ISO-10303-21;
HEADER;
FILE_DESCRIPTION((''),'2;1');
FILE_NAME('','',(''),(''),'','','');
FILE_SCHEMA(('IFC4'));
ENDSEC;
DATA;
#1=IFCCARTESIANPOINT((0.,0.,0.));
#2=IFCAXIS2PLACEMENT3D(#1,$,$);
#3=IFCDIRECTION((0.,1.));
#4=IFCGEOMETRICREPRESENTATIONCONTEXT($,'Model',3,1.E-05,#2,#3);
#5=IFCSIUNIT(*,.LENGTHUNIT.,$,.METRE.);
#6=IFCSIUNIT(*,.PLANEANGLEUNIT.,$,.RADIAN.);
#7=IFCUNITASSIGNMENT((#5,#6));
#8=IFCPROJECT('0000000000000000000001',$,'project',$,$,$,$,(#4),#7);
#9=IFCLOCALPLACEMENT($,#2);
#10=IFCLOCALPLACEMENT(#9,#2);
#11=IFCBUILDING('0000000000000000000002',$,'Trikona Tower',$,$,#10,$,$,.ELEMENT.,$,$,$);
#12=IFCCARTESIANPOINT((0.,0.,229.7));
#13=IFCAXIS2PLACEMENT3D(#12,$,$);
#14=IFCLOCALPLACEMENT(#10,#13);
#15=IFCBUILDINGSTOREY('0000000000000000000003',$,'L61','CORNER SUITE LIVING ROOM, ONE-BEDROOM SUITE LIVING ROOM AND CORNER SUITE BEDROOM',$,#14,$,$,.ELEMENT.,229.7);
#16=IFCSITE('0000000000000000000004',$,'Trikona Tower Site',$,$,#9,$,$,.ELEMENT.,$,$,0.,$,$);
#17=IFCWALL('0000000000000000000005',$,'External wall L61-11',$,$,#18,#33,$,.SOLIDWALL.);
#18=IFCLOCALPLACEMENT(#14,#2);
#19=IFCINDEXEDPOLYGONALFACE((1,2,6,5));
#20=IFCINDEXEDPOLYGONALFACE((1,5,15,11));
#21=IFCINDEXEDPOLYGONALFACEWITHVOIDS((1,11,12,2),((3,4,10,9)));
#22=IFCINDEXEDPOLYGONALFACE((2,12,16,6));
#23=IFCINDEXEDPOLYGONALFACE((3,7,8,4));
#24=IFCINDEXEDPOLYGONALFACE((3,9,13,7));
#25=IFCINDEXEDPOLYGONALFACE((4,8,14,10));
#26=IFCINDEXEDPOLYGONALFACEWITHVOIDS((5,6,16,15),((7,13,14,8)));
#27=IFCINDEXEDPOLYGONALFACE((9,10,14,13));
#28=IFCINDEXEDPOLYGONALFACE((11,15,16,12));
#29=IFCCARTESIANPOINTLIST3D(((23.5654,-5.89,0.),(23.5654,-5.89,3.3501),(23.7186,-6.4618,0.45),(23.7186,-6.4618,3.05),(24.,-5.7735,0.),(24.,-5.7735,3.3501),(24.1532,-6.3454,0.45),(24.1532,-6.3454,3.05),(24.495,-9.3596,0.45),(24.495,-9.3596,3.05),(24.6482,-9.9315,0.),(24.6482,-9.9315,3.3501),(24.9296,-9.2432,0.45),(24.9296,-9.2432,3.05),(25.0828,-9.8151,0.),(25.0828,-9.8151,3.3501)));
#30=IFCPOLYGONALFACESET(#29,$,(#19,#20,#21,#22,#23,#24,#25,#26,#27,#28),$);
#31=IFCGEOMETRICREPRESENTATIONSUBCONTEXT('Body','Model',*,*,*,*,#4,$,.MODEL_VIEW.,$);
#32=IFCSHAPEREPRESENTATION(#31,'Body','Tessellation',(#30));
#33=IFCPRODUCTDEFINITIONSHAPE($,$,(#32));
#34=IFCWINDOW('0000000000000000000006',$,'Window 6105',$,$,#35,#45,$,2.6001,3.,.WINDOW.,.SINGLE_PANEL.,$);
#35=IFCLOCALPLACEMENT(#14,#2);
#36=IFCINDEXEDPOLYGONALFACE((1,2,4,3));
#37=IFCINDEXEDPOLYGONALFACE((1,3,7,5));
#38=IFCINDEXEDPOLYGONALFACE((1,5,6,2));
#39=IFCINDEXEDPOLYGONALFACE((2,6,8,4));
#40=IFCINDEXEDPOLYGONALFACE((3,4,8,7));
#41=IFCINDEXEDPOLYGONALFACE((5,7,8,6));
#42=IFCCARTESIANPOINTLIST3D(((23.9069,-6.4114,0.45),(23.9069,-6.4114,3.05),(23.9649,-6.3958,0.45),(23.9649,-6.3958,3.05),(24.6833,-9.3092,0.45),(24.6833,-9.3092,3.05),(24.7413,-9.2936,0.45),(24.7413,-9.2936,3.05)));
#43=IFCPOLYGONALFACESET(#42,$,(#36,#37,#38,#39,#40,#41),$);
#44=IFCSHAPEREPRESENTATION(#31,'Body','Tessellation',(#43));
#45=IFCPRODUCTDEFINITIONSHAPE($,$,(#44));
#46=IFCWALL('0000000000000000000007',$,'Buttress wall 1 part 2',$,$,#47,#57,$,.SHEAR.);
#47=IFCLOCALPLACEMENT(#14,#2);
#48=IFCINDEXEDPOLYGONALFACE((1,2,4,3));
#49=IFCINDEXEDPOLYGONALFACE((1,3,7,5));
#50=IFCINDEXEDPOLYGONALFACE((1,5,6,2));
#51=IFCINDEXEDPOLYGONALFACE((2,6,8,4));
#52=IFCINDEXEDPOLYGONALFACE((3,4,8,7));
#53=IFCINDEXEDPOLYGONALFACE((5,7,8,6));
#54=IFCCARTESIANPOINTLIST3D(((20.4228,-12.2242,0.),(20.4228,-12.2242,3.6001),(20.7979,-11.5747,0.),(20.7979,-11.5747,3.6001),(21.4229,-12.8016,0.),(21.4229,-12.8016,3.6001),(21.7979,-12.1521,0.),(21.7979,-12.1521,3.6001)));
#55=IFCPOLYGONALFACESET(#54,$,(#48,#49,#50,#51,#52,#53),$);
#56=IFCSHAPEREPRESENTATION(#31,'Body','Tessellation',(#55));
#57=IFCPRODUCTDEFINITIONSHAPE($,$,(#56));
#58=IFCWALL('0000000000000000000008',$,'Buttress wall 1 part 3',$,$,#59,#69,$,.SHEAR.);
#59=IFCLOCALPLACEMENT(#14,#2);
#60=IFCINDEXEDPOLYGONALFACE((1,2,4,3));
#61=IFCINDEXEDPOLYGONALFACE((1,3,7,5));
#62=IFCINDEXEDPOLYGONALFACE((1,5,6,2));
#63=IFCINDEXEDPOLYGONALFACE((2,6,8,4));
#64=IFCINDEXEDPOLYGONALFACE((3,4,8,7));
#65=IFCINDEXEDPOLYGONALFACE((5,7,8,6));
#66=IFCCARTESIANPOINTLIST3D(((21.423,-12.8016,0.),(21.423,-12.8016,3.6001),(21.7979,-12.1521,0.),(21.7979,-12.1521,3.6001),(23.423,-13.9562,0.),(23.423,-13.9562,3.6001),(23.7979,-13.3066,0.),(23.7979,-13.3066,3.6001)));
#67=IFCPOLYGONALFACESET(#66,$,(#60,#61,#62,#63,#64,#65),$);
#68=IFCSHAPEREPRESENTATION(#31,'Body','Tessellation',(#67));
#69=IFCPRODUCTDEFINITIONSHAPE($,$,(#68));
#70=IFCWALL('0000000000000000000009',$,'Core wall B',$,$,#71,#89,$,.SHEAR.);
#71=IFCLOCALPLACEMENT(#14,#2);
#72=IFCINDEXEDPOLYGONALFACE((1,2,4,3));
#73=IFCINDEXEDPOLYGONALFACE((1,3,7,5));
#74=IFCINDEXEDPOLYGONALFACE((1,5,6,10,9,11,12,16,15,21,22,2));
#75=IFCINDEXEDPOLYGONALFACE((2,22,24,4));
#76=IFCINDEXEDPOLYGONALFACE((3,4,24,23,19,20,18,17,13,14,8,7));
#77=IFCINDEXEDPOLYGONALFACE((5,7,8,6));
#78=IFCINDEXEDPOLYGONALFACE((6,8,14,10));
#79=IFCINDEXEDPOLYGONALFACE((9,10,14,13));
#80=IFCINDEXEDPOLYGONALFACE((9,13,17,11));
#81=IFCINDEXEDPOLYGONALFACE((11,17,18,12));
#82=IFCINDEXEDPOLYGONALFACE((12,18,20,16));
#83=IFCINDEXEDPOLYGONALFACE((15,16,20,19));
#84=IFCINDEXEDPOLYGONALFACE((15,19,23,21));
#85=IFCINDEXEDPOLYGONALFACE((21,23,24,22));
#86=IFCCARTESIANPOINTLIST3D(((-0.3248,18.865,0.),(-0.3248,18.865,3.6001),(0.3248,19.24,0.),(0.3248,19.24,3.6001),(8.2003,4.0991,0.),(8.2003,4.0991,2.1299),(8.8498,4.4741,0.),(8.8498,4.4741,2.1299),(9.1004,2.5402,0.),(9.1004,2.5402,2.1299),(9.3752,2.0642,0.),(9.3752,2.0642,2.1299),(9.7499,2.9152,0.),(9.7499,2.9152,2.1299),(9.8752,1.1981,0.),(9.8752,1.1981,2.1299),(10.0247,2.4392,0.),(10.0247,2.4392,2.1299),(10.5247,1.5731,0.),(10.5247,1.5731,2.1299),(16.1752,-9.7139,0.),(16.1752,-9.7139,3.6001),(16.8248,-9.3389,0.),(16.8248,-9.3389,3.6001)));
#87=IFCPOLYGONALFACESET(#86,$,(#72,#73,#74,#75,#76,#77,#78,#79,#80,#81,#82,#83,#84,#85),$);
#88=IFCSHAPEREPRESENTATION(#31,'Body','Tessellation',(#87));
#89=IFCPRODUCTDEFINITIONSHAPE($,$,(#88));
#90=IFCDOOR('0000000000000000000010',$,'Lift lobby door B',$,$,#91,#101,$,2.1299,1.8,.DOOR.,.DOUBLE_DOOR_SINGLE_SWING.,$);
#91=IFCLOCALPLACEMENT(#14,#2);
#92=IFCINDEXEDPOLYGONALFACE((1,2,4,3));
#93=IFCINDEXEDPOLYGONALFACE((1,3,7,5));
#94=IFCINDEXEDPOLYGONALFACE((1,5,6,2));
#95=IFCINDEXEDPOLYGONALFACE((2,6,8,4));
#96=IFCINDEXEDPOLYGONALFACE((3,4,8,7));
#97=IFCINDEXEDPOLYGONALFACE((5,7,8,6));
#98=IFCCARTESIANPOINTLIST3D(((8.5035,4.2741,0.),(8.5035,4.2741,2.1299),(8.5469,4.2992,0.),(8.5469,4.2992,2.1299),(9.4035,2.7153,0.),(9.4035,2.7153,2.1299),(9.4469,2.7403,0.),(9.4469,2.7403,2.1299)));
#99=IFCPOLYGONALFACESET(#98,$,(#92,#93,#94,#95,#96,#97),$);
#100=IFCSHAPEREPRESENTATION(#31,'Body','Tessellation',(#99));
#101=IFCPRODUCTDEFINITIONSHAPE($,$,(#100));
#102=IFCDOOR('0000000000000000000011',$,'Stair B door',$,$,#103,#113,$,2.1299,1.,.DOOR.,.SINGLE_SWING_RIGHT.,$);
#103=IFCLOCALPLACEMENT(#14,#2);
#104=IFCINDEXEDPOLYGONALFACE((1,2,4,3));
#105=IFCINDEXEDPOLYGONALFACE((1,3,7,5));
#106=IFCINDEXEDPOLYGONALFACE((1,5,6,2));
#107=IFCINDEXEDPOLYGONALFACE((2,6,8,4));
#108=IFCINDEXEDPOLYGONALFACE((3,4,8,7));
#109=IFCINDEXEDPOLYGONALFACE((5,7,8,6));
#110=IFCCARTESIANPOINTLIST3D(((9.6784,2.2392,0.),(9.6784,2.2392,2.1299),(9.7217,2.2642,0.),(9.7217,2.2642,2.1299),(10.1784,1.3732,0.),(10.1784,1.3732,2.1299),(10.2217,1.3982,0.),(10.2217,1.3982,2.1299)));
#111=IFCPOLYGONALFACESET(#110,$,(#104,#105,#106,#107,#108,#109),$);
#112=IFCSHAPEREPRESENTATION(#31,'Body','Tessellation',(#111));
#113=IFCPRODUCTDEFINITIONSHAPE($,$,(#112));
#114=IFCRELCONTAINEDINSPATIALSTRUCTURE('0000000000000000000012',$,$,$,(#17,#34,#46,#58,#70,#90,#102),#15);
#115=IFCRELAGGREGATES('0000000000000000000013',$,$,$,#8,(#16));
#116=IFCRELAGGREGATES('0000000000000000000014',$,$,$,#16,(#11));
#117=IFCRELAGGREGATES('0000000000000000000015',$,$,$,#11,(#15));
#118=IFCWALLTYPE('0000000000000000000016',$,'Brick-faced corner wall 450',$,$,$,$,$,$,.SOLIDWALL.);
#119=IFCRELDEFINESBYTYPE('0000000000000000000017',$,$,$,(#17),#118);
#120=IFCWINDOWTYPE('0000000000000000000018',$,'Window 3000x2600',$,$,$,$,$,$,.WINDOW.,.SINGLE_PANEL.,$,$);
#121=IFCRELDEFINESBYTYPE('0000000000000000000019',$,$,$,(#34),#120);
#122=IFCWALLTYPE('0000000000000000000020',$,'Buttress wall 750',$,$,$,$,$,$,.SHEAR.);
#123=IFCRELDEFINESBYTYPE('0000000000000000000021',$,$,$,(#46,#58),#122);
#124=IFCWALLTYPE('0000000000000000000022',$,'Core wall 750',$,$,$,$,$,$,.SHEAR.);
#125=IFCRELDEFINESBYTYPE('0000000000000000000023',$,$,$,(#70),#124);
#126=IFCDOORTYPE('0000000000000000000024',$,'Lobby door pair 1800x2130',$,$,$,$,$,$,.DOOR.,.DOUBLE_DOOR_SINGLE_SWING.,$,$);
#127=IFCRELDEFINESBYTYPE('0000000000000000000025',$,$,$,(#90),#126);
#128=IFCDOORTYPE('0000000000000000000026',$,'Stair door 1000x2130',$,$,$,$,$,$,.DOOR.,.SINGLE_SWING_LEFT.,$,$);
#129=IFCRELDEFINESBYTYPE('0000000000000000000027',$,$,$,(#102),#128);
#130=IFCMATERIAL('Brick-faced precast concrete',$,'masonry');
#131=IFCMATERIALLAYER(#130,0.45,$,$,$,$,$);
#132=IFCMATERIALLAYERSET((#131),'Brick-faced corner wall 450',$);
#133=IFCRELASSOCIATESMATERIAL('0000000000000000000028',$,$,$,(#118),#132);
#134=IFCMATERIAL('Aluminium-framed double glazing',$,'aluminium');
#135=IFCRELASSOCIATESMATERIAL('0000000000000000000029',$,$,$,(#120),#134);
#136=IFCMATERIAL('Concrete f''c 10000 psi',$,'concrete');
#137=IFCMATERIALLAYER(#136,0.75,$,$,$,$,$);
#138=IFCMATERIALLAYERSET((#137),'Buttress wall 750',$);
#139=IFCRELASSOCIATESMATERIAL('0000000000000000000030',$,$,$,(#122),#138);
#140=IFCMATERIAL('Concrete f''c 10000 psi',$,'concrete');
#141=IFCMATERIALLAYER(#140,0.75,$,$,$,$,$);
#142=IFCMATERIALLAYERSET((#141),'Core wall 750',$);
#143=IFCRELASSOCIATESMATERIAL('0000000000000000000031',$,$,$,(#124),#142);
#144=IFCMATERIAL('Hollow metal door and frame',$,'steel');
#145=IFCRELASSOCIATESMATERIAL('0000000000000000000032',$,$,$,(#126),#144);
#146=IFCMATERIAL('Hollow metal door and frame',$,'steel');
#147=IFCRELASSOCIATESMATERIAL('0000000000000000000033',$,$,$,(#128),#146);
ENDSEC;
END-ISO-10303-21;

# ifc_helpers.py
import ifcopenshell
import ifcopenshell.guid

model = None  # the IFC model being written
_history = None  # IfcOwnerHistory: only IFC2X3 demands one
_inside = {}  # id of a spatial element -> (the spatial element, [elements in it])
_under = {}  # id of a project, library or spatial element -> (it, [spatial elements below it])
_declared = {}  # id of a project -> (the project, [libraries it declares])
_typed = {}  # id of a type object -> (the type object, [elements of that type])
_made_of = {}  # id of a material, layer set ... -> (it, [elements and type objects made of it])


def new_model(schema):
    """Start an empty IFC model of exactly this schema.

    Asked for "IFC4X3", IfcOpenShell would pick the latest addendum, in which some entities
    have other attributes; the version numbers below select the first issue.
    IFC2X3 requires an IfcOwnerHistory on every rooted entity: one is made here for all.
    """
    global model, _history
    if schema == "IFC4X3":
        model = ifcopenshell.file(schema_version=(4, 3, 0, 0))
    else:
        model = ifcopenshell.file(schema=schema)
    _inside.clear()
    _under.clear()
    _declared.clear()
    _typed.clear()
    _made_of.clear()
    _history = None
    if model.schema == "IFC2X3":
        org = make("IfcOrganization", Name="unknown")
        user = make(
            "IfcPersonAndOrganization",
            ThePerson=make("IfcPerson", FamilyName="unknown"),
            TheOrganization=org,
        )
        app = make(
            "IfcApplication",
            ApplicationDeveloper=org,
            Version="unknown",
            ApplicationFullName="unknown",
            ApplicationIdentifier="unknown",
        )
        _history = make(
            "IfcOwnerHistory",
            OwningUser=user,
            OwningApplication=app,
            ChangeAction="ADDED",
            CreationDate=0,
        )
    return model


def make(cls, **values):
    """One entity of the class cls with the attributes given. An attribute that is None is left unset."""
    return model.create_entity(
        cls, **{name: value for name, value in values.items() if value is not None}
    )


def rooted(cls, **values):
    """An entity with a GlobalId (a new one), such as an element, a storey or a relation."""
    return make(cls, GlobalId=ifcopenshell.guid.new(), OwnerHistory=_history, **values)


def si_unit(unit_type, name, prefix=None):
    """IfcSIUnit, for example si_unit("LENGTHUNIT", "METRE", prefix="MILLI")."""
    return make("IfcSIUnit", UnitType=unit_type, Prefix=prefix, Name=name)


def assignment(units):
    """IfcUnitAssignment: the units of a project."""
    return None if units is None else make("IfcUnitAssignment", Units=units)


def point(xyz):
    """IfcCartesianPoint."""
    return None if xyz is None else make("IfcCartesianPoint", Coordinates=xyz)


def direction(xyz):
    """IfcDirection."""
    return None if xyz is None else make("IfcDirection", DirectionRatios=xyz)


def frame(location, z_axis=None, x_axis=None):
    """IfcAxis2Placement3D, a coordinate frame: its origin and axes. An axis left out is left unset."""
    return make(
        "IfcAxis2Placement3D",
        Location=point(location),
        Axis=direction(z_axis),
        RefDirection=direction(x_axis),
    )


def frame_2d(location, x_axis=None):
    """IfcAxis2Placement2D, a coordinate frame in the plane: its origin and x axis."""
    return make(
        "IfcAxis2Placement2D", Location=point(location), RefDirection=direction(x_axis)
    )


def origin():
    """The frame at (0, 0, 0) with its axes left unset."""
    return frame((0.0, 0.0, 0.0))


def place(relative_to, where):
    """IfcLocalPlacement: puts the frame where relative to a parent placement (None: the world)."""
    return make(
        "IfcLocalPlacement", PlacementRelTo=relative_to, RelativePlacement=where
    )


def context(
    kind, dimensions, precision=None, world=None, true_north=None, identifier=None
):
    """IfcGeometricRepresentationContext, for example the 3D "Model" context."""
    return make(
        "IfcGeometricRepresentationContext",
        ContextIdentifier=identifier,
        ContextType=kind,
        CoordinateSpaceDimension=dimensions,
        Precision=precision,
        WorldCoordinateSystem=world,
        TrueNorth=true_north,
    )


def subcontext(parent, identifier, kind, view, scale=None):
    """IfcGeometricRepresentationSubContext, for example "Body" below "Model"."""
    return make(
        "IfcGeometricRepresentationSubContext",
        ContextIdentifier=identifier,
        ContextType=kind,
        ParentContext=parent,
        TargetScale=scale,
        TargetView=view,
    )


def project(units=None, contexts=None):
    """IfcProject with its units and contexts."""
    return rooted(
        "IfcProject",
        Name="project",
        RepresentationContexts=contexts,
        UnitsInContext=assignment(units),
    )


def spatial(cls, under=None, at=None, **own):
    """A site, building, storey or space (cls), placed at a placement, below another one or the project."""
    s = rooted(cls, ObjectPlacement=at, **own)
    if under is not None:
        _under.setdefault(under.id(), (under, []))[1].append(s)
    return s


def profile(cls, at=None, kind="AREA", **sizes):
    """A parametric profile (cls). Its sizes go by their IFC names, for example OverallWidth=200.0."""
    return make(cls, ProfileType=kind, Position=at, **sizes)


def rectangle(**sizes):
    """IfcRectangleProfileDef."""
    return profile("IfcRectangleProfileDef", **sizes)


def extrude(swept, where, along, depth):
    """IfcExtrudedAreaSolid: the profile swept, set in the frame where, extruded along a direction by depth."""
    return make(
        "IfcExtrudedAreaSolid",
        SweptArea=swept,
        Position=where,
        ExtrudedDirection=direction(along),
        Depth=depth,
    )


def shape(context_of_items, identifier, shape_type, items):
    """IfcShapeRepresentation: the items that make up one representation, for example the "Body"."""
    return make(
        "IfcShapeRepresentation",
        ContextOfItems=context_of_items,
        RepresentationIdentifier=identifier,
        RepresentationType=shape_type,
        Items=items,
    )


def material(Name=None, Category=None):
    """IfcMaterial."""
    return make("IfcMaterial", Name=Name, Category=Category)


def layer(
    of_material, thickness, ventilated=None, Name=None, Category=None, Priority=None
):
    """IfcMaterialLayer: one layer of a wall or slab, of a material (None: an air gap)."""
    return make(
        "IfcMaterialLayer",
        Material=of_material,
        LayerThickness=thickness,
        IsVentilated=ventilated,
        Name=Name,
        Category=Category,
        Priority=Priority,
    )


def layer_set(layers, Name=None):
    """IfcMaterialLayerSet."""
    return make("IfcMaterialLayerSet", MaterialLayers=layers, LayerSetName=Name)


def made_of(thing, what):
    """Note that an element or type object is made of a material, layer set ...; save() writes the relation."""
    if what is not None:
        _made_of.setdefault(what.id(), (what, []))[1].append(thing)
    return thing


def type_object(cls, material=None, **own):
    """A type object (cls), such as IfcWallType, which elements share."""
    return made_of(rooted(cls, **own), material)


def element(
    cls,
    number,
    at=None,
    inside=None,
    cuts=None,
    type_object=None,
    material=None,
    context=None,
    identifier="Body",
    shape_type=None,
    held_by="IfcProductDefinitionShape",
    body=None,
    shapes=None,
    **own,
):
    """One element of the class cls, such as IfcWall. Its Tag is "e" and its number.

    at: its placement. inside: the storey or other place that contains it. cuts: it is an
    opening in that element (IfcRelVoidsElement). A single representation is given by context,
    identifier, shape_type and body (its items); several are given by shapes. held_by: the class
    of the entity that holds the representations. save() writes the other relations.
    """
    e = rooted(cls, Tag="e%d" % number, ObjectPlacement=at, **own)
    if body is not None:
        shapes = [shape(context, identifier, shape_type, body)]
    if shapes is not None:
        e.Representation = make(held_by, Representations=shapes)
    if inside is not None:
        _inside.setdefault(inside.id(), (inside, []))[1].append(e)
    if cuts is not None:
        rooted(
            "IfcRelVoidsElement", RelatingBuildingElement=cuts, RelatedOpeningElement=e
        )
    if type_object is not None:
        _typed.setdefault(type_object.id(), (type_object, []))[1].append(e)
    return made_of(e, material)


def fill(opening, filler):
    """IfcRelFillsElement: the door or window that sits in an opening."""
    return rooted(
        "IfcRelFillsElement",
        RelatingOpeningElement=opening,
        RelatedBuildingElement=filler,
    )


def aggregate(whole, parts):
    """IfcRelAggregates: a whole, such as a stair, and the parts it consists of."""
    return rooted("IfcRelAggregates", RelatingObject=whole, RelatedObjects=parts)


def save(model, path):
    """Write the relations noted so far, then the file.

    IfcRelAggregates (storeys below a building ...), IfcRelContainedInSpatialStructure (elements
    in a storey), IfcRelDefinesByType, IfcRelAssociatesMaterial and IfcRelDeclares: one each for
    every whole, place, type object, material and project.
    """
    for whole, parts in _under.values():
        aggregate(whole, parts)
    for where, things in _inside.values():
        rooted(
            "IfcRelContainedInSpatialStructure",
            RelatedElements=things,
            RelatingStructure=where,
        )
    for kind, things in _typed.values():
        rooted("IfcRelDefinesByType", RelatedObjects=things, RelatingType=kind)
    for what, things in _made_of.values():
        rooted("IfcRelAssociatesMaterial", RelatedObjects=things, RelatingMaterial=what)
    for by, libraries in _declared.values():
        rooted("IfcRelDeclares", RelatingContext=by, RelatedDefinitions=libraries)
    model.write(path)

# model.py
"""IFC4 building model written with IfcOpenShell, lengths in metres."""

from ifc_helpers import new_model, si_unit, direction, frame, frame_2d, origin, place, context, subcontext, project, spatial, rectangle, extrude, material, layer, layer_set, type_object, element, fill, save


model = new_model("IFC4")

# Units and contexts
model_context = context("Model", 3, precision=1e-05, world=origin(), true_north=direction((0.0, 1.0)))
body_context = subcontext(model_context, "Body", "Model", "MODEL_VIEW")
ifc_project = project(units=[si_unit("LENGTHUNIT", "METRE"), si_unit("PLANEANGLEUNIT", "RADIAN")], contexts=[model_context])

# Site, building, storey
site_placement = place(None, origin())
site = spatial("IfcSite", under=ifc_project, at=site_placement, Name="Trikona Tower Site", CompositionType="ELEMENT", RefElevation=0.0)
building_placement = place(site_placement, origin())
building = spatial("IfcBuilding", under=site, at=building_placement, Name="Trikona Tower", CompositionType="ELEMENT")
storey_placement = place(building_placement, frame((0.0, 0.0, 229.7)))
storey = spatial("IfcBuildingStorey", under=building, at=storey_placement, Name="L61", Description="CORNER SUITE LIVING ROOM, ONE-BEDROOM SUITE LIVING ROOM AND CORNER SUITE BEDROOM", CompositionType="ELEMENT", Elevation=229.7)

# Wall, opening, window
ifc_material_1 = material(Name="Brick-faced precast concrete", Category="masonry")
ifc_layer_1 = layer(ifc_material_1, 0.45)
ifc_layer_set_1 = layer_set([ifc_layer_1], Name="Brick-faced corner wall 450")
wall_type_1 = type_object("IfcWallType", Name="Brick-faced corner wall 450", PredefinedType="SOLIDWALL", material=ifc_layer_set_1)
wall_1_placement = place(storey_placement, frame((24.8655, -9.8733, 0.0), z_axis=(0.0, 0.0, 1.0), x_axis=(-0.258785, 0.965935, 0.0)))
wall_1 = element("IfcWall", 1, at=wall_1_placement, inside=storey, type_object=wall_type_1, Name="External wall L61-11", PredefinedType="SOLIDWALL", context=body_context, shape_type="SweptSolid", body=[
    extrude(rectangle(XDim=4.1841, YDim=0.45, at=frame_2d((2.092, 0.0))), origin(), (0.0, 0.0, 1.0), 3.3501),
])
opening_1_placement = place(wall_1_placement, frame((0.592, 0.0, 0.45)))
opening_1 = element("IfcOpeningElement", 2, at=opening_1_placement, cuts=wall_1, PredefinedType="OPENING", context=body_context, shape_type="SweptSolid", body=[
    extrude(rectangle(XDim=3.0, YDim=2.6001, at=frame_2d((1.5, 1.3))), frame((0.0, 0.2349, 0.0), z_axis=(0.0, -1.0, 0.0), x_axis=(1.0, 0.0, 0.0)), (0.0, 0.0, 1.0), 0.47),
])
ifc_material_2 = material(Name="Aluminium-framed double glazing", Category="aluminium")
window_type_1 = type_object("IfcWindowType", Name="Window 3000x2600", PartitioningType="SINGLE_PANEL", PredefinedType="WINDOW", material=ifc_material_2)
window_1_placement = place(opening_1_placement, origin())
window_1 = element("IfcWindow", 3, at=window_1_placement, inside=storey, type_object=window_type_1, Name="Window 6105", OverallHeight=2.6001, OverallWidth=3.0, PartitioningType="SINGLE_PANEL", PredefinedType="WINDOW", context=body_context, shape_type="SweptSolid", body=[
    extrude(rectangle(XDim=3.0, YDim=2.6001, at=frame_2d((1.5, 1.3))), frame((0.0, 0.03, 0.0), z_axis=(0.0, -1.0, 0.0), x_axis=(1.0, 0.0, 0.0)), (0.0, 0.0, 1.0), 0.0601),
])
fill(opening_1, window_1)

# Walls
ifc_material_3 = material(Name="Concrete f'c 10000 psi", Category="concrete")
ifc_layer_2 = layer(ifc_material_3, 0.75)
ifc_layer_set_2 = layer_set([ifc_layer_2], Name="Buttress wall 750")
wall_type_2 = type_object("IfcWallType", Name="Buttress wall 750", PredefinedType="SHEAR", material=ifc_layer_set_2)
wall_2_placement = place(storey_placement, frame((20.6104, -11.8994, 0.0), z_axis=(0.0, 0.0, 1.0), x_axis=(0.86601, -0.500027, 0.0)))
element("IfcWall", 4, at=wall_2_placement, inside=storey, type_object=wall_type_2, Name="Buttress wall 1 part 2", PredefinedType="SHEAR", context=body_context, shape_type="SweptSolid", body=[
    extrude(rectangle(XDim=1.1548, YDim=0.75, at=frame_2d((0.5774, 0.0))), origin(), (0.0, 0.0, 1.0), 3.6001),
])
wall_3_placement = place(storey_placement, frame((21.6104, -12.4768, 0.0), z_axis=(0.0, 0.0, 1.0), x_axis=(0.866055, -0.499948, 0.0)))
element("IfcWall", 5, at=wall_3_placement, inside=storey, type_object=wall_type_2, Name="Buttress wall 1 part 3", PredefinedType="SHEAR", context=body_context, shape_type="SweptSolid", body=[
    extrude(rectangle(XDim=2.3093, YDim=0.75, at=frame_2d((1.1548, 0.0))), origin(), (0.0, 0.0, 1.0), 3.6001),
])

# Wall, openings, doors
ifc_material_4 = material(Name="Concrete f'c 10000 psi", Category="concrete")
ifc_layer_3 = layer(ifc_material_4, 0.75)
ifc_layer_set_3 = layer_set([ifc_layer_3], Name="Core wall 750")
wall_type_3 = type_object("IfcWallType", Name="Core wall 750", PredefinedType="SHEAR", material=ifc_layer_set_3)
wall_4_placement = place(storey_placement, frame((16.5, -9.5264, 0.0), z_axis=(0.0, 0.0, 1.0), x_axis=(-0.5, 0.866026, 0.0)))
wall_4 = element("IfcWall", 6, at=wall_4_placement, inside=storey, type_object=wall_type_3, Name="Core wall B", PredefinedType="SHEAR", context=body_context, shape_type="SweptSolid", body=[
    extrude(rectangle(XDim=33.0, YDim=0.75, at=frame_2d((16.5, 0.0))), origin(), (0.0, 0.0, 1.0), 3.6001),
])
opening_2_placement = place(wall_4_placement, frame((14.1499, 0.0, 0.0)))
opening_2 = element("IfcOpeningElement", 7, at=opening_2_placement, cuts=wall_4, PredefinedType="OPENING", context=body_context, shape_type="SweptSolid", body=[
    extrude(rectangle(XDim=1.8, YDim=2.1299, at=frame_2d((0.8999, 1.0649))), frame((0.0, 0.385, 0.0), z_axis=(0.0, -1.0, 0.0), x_axis=(1.0, 0.0, 0.0)), (0.0, 0.0, 1.0), 0.77),
])
opening_3_placement = place(wall_4_placement, frame((12.6001, 0.0, 0.0)))
opening_3 = element("IfcOpeningElement", 8, at=opening_3_placement, cuts=wall_4, PredefinedType="OPENING", context=body_context, shape_type="SweptSolid", body=[
    extrude(rectangle(XDim=1.0, YDim=2.1299, at=frame_2d((0.5, 1.0649))), frame((0.0, 0.385, 0.0), z_axis=(0.0, -1.0, 0.0), x_axis=(1.0, 0.0, 0.0)), (0.0, 0.0, 1.0), 0.77),
])
ifc_material_5 = material(Name="Hollow metal door and frame", Category="steel")
door_type_1 = type_object("IfcDoorType", Name="Lobby door pair 1800x2130", OperationType="DOUBLE_DOOR_SINGLE_SWING", PredefinedType="DOOR", material=ifc_material_5)
door_1_placement = place(opening_2_placement, origin())
door_1 = element("IfcDoor", 9, at=door_1_placement, inside=storey, type_object=door_type_1, Name="Lift lobby door B", OperationType="DOUBLE_DOOR_SINGLE_SWING", OverallHeight=2.1299, OverallWidth=1.8, PredefinedType="DOOR", context=body_context, shape_type="SweptSolid", body=[
    extrude(rectangle(XDim=1.8, YDim=2.1299, at=frame_2d((0.8999, 1.0649))), frame((0.0, 0.0249, 0.0), z_axis=(0.0, -1.0, 0.0), x_axis=(1.0, 0.0, 0.0)), (0.0, 0.0, 1.0), 0.05),
])
fill(opening_2, door_1)
ifc_material_6 = material(Name="Hollow metal door and frame", Category="steel")
door_type_2 = type_object("IfcDoorType", Name="Stair door 1000x2130", OperationType="SINGLE_SWING_LEFT", PredefinedType="DOOR", material=ifc_material_6)
door_2_placement = place(opening_3_placement, origin())
door_2 = element("IfcDoor", 10, at=door_2_placement, inside=storey, type_object=door_type_2, Name="Stair B door", OperationType="SINGLE_SWING_RIGHT", OverallHeight=2.1299, OverallWidth=1.0, PredefinedType="DOOR", context=body_context, shape_type="SweptSolid", body=[
    extrude(rectangle(XDim=1.0, YDim=2.1299, at=frame_2d((0.5, 1.0649))), frame((0.0, 0.0249, 0.0), z_axis=(0.0, -1.0, 0.0), x_axis=(1.0, 0.0, 0.0)), (0.0, 0.0, 1.0), 0.05),
])
fill(opening_3, door_2)

save(model, "model.ifc")
